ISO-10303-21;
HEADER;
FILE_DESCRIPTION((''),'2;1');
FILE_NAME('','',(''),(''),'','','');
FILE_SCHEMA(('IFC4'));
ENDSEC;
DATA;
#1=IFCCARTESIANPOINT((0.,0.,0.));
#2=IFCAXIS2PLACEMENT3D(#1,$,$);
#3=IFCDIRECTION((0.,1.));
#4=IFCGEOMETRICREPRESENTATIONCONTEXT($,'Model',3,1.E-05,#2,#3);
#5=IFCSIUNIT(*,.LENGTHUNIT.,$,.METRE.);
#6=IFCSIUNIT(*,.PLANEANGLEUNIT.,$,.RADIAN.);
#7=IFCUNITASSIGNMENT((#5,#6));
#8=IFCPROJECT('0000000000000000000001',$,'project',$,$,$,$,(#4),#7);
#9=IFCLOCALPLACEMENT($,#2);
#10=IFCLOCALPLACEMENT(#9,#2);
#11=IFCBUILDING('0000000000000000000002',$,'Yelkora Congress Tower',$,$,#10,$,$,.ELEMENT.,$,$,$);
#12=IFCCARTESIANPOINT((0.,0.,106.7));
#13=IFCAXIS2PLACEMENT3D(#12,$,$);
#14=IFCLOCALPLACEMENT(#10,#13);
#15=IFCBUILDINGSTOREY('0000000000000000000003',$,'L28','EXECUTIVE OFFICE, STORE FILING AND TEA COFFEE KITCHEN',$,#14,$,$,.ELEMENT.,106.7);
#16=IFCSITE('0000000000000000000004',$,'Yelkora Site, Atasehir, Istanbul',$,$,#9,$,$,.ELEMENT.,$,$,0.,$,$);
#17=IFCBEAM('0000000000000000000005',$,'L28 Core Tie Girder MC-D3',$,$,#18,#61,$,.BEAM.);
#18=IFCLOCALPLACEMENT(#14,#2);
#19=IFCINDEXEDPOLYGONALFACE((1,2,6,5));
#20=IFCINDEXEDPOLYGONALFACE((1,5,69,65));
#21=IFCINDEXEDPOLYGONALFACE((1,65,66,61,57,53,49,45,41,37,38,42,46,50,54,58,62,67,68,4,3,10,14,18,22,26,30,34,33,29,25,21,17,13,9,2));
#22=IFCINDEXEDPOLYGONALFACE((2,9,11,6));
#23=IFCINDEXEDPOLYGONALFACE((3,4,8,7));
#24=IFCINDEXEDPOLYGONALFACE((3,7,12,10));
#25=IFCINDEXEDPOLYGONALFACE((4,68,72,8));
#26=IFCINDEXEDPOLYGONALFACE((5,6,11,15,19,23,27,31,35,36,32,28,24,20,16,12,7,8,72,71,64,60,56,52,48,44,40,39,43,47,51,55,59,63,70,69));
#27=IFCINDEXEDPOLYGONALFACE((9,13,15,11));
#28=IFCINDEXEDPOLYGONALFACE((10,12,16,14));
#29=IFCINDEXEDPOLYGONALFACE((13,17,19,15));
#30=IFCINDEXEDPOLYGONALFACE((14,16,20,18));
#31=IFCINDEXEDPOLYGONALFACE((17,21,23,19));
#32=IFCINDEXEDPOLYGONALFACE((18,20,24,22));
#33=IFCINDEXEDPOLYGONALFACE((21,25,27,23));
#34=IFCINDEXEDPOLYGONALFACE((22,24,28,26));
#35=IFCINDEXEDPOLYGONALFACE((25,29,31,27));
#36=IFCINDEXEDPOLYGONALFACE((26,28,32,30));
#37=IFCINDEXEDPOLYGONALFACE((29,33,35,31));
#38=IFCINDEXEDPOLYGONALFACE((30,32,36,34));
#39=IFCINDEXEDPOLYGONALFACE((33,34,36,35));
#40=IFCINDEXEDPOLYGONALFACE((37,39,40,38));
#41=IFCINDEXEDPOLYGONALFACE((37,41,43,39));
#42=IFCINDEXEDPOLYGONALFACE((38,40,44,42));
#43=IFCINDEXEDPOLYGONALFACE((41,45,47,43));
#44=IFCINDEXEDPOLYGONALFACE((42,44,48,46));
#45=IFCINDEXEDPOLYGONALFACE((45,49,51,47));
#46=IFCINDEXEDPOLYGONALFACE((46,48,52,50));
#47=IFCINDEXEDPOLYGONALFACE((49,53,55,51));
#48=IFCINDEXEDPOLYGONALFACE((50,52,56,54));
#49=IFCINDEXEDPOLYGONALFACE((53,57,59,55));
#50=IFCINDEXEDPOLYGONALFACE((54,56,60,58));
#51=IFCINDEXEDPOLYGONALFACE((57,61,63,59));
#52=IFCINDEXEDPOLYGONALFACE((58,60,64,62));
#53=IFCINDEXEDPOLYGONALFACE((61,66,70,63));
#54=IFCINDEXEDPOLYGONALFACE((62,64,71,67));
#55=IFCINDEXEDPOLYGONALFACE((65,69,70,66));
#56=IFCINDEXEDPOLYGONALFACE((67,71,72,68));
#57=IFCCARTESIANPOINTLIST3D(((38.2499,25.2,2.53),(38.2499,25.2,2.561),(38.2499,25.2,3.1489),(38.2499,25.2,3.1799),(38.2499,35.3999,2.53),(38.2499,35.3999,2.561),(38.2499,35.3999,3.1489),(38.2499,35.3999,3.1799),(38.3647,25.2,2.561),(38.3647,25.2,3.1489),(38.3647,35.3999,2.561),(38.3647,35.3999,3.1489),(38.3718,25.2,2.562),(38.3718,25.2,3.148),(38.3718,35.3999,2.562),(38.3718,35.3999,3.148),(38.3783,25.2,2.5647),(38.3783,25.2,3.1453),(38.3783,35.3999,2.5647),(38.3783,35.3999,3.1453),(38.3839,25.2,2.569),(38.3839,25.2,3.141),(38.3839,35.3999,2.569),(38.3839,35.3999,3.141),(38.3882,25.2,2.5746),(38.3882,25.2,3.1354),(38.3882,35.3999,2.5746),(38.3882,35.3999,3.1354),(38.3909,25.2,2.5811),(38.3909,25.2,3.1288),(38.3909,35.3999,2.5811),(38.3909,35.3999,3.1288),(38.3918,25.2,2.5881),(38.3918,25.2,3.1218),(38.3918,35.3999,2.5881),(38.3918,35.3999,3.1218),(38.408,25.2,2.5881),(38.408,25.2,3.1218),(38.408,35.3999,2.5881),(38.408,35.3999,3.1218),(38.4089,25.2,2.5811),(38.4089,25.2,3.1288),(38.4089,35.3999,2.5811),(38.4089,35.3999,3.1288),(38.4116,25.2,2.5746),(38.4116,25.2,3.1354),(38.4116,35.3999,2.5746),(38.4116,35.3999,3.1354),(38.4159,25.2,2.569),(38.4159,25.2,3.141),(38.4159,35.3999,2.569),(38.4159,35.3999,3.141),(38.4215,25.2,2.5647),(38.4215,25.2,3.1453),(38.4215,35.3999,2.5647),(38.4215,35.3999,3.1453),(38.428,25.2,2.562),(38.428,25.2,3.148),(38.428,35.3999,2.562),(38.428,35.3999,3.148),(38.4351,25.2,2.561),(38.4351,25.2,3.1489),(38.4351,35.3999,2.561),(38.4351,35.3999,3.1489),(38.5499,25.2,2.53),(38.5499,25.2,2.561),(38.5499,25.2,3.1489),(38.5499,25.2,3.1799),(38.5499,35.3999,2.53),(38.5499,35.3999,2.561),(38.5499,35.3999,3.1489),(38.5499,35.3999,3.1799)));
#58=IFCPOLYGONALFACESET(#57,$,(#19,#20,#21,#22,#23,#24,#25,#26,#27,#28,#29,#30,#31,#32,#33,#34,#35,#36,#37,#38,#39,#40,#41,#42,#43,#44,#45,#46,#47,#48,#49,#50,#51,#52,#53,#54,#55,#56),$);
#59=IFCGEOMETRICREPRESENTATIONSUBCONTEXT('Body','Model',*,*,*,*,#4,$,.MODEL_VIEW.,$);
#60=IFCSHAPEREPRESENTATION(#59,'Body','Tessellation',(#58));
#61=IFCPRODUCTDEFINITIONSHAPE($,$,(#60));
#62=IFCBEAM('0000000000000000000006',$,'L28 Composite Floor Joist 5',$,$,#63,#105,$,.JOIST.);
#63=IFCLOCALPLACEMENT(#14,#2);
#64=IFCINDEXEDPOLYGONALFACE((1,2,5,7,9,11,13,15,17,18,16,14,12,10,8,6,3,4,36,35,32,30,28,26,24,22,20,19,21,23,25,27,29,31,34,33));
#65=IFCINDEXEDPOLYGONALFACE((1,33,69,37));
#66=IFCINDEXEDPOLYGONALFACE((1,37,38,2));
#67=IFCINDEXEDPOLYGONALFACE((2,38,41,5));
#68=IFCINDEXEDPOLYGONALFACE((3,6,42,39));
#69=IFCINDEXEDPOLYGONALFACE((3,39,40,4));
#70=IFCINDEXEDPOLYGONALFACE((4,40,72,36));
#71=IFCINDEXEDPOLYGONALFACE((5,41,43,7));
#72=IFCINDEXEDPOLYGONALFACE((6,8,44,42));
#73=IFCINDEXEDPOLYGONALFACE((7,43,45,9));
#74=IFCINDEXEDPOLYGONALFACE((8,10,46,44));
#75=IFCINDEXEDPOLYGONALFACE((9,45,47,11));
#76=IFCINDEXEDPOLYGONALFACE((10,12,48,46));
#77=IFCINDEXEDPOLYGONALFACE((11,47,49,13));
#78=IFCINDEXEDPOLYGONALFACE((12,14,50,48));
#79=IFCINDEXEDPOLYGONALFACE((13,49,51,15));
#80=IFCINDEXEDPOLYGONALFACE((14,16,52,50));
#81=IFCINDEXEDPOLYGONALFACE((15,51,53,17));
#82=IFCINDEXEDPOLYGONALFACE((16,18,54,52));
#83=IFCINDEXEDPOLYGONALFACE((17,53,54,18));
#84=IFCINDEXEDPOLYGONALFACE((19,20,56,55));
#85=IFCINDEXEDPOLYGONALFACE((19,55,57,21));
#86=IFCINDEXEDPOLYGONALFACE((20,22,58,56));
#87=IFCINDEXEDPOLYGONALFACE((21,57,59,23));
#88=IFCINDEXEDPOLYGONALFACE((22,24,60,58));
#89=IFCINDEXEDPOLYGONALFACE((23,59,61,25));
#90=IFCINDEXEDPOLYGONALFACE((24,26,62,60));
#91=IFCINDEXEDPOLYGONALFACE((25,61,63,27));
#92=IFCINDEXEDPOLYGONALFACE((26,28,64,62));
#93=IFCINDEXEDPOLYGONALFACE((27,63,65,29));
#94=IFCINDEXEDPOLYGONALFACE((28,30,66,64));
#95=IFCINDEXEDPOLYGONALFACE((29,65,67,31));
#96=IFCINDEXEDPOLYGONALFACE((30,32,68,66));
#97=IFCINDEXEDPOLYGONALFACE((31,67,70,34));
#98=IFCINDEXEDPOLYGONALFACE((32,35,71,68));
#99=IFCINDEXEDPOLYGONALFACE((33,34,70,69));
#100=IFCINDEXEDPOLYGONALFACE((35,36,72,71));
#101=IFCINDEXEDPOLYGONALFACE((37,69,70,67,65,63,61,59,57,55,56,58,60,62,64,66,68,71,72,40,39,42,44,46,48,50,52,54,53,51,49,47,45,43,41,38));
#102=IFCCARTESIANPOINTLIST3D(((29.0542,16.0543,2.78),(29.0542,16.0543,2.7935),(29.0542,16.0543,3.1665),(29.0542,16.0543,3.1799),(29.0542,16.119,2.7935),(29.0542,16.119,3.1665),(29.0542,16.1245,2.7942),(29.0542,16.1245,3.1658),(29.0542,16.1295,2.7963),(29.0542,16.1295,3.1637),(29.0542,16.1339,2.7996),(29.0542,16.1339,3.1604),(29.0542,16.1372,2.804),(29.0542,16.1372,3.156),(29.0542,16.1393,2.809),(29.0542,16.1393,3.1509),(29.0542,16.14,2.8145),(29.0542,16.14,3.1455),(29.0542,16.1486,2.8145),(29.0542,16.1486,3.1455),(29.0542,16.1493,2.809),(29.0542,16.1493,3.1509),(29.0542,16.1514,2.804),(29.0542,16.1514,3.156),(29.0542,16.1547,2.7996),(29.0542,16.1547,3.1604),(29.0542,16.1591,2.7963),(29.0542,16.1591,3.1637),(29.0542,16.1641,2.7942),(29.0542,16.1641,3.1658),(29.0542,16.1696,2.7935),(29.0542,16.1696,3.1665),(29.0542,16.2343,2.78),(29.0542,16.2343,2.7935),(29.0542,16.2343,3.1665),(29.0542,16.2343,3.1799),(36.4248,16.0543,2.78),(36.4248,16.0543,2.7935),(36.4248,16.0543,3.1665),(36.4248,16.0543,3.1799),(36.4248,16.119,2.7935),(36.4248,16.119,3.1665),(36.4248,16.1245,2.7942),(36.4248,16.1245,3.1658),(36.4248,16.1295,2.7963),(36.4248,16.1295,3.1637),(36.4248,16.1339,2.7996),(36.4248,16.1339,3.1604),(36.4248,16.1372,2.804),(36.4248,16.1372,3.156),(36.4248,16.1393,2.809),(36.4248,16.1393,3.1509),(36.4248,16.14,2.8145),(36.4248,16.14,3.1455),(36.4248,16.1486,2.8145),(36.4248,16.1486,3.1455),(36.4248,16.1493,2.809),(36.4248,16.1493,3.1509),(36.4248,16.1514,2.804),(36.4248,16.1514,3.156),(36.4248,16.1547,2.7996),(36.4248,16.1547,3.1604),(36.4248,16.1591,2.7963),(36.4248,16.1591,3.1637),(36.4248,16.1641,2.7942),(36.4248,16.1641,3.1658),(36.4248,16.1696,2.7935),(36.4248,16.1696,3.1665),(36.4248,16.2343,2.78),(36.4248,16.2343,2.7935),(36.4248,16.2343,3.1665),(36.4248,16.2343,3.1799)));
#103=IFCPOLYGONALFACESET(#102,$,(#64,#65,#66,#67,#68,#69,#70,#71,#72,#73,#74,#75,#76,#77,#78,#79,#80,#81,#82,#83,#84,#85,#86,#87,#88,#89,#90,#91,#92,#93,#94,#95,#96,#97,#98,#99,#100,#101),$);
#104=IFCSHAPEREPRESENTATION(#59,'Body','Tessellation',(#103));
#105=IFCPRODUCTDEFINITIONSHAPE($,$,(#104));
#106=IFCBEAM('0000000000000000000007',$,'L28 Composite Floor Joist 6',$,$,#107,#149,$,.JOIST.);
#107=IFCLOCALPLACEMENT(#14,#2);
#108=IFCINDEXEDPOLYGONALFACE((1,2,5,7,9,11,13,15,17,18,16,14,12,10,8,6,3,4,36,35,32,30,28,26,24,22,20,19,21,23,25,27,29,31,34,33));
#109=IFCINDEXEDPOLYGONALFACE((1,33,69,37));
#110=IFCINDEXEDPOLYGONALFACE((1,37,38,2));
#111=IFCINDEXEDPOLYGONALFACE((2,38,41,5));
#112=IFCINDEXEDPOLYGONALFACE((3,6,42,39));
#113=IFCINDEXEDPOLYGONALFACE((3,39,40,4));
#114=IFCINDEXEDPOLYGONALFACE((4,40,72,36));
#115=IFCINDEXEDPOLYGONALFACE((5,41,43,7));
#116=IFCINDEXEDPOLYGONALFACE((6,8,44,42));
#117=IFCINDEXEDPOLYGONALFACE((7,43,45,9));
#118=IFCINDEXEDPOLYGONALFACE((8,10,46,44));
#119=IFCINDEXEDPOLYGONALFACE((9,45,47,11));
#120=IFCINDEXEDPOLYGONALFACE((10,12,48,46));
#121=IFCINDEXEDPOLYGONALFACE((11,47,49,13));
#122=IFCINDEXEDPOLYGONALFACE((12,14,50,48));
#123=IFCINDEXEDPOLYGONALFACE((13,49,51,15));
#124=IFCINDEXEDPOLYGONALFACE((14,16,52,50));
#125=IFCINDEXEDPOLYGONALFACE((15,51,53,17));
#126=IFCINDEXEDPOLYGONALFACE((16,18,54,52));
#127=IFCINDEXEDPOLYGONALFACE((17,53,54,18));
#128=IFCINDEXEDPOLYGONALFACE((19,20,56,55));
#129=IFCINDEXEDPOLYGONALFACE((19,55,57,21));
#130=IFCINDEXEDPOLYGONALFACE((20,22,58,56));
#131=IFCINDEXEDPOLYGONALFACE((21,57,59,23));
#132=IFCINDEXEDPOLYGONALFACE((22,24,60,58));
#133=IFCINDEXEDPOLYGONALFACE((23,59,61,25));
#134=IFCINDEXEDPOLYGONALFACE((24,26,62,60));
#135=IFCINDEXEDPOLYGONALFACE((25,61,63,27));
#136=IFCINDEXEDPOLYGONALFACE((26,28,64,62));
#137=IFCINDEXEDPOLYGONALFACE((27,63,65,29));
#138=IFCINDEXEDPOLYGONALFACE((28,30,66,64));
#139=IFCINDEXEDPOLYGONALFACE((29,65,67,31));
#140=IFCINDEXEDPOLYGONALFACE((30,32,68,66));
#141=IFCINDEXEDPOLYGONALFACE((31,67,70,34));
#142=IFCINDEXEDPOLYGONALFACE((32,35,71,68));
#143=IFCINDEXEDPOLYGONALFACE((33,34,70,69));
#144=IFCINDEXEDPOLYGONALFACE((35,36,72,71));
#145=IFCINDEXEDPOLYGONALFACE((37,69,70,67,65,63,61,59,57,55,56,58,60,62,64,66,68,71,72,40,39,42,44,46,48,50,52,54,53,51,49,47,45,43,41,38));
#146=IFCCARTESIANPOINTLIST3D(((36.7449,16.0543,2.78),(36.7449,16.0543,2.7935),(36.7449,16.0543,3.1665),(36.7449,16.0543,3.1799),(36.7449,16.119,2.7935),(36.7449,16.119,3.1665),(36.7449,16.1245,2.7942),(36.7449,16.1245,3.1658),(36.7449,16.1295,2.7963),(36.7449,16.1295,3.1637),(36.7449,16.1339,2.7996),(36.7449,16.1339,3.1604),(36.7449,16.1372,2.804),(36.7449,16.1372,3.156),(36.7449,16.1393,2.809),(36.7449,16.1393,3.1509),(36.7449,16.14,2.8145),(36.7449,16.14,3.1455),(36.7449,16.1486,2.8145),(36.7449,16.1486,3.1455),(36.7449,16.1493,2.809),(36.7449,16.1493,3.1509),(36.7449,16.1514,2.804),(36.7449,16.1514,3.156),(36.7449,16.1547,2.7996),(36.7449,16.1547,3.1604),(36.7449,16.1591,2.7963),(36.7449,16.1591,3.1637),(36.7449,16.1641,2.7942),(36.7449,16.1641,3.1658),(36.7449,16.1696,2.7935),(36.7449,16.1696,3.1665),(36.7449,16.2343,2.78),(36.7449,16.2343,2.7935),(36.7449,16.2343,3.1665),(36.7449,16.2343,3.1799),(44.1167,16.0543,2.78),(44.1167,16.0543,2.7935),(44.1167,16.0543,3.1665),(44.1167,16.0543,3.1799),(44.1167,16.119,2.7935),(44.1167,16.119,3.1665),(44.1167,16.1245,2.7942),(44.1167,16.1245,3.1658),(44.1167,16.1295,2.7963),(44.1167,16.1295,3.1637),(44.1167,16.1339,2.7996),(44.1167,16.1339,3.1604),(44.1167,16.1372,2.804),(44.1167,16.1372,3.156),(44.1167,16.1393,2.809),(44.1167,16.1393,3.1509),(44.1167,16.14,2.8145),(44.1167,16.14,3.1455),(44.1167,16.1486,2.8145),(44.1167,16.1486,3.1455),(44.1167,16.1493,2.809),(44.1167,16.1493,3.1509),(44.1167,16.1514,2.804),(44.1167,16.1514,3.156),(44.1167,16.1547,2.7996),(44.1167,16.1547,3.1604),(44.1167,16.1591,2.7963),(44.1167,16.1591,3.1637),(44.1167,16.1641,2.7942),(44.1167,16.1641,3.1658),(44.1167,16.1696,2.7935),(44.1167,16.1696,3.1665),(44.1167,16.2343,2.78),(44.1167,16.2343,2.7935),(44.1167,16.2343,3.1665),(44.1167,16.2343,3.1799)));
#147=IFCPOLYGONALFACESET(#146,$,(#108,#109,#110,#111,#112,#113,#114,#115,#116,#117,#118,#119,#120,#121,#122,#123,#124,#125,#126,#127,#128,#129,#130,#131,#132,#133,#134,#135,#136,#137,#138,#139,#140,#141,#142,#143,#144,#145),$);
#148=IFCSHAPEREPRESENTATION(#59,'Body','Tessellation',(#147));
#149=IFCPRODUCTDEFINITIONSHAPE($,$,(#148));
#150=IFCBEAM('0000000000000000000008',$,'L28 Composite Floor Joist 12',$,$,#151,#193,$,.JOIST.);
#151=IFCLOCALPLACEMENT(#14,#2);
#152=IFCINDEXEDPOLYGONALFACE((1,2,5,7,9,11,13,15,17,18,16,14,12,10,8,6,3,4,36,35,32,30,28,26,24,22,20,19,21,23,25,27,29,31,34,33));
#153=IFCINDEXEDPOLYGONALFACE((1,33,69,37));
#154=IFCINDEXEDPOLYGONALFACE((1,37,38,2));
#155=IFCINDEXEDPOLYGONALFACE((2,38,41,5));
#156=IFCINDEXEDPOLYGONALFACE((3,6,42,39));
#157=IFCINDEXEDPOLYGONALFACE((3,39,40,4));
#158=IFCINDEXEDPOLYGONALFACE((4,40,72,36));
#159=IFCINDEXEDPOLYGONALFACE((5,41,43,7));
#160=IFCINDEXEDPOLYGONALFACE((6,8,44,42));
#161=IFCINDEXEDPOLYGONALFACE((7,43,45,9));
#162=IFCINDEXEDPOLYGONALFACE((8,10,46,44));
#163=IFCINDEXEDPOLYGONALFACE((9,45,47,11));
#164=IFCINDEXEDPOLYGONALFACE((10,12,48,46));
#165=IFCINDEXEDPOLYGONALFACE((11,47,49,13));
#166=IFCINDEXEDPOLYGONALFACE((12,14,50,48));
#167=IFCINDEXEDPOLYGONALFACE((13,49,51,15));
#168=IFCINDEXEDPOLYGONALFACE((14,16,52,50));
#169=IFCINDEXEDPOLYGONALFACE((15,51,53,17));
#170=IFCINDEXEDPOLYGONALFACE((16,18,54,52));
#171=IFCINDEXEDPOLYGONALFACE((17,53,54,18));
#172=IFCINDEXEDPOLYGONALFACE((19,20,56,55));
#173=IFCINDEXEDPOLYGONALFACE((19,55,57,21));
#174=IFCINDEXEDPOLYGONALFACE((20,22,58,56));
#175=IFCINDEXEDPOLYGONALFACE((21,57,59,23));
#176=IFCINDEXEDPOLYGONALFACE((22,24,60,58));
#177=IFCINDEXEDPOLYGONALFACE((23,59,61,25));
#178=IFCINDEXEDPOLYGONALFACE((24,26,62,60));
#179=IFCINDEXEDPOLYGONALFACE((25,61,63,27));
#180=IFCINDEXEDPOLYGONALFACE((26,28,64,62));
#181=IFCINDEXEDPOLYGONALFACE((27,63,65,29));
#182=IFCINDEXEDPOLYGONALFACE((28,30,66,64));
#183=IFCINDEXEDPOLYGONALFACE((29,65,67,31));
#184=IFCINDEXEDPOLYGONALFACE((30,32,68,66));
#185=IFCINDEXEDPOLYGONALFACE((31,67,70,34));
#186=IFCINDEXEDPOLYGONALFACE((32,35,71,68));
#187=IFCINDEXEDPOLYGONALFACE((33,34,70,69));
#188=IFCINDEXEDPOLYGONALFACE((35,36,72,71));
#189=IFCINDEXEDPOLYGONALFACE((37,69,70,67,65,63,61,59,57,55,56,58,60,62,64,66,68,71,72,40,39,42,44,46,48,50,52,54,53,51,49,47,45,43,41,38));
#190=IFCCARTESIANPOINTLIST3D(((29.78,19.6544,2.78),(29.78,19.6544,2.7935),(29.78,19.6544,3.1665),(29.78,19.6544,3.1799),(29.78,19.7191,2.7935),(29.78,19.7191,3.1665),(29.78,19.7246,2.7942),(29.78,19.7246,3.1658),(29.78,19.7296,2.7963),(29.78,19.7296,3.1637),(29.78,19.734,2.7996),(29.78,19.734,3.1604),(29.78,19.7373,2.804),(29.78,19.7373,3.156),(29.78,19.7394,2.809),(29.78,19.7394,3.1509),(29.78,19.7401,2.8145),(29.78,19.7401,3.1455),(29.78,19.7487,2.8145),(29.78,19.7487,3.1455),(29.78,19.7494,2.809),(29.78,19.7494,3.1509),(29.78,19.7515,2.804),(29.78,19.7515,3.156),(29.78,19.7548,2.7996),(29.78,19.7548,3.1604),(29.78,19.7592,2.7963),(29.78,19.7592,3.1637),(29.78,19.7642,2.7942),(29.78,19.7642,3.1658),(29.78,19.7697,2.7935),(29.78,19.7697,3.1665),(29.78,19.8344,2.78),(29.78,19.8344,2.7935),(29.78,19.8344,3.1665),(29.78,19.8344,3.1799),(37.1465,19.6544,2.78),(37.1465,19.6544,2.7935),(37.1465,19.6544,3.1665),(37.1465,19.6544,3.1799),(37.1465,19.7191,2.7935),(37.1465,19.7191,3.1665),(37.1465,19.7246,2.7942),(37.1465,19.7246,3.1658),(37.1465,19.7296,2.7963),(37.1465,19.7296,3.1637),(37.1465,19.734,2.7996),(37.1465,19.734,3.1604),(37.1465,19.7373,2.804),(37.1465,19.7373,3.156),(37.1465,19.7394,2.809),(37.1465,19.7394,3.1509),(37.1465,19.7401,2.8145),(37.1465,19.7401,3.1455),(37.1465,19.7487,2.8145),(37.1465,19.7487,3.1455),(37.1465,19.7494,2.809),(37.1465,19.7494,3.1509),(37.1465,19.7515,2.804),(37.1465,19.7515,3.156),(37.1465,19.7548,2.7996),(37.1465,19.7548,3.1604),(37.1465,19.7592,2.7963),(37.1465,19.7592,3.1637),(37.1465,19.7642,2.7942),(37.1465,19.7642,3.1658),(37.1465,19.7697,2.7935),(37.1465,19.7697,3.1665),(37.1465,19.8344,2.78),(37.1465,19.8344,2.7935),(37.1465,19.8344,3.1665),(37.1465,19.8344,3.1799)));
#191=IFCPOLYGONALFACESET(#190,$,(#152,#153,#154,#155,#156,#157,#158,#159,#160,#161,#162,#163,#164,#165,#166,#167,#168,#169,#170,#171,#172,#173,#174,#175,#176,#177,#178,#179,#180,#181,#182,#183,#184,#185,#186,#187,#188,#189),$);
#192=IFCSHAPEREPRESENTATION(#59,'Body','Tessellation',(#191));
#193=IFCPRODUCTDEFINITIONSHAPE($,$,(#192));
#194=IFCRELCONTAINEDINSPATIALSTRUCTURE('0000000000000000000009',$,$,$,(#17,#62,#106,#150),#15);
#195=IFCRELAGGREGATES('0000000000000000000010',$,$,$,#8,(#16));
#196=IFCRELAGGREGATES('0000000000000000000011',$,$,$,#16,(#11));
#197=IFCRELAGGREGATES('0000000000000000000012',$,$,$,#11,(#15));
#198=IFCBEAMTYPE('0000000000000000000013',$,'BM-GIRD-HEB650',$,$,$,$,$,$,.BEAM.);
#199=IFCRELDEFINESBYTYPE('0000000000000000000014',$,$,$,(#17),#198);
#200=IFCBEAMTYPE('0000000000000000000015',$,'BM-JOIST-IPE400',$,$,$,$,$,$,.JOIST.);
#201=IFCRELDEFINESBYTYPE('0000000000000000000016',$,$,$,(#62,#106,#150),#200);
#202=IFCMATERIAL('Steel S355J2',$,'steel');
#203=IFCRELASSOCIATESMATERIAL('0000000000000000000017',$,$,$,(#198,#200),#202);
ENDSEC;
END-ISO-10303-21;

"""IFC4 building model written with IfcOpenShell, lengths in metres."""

from ifc_helpers import new_model, si_unit, direction, frame, origin, origin_2d, place, context, subcontext, project, spatial, i_section, extrude, material, material_profile, profile_set, type_object, element, save


model = new_model("IFC4")

# Units and contexts
model_context = context("Model", 3, precision=1e-05, world=origin(), true_north=direction((0.0, 1.0)))
body_context = subcontext(model_context, "Body", "Model", "MODEL_VIEW")
ifc_project = project(units=[si_unit("LENGTHUNIT", "METRE"), si_unit("PLANEANGLEUNIT", "RADIAN")], contexts=[model_context])

# Site, building, storey
site_placement = place(None, origin())
site = spatial("IfcSite", under=ifc_project, at=site_placement, Name="Yelkora Site, Atasehir, Istanbul", CompositionType="ELEMENT", RefElevation=0.0)
building_placement = place(site_placement, origin())
building = spatial("IfcBuilding", under=site, at=building_placement, Name="Yelkora Congress Tower", CompositionType="ELEMENT")
storey_placement = place(building_placement, frame((0.0, 0.0, 106.7)))
storey = spatial("IfcBuildingStorey", under=building, at=storey_placement, Name="L28", Description="EXECUTIVE OFFICE, STORE FILING AND TEA COFFEE KITCHEN", CompositionType="ELEMENT", Elevation=106.7)

# Beams
ifc_material_1 = material(Name="Steel S355J2", Category="steel")
ifc_material_profile_1 = material_profile(ifc_material_1, i_section(OverallWidth=0.3, OverallDepth=0.6499, WebThickness=0.0161, FlangeThickness=0.031, FilletRadius=0.0271, at=origin_2d()), Name="HEB 650")
ifc_profile_set_1 = profile_set([ifc_material_profile_1], Name="Steel S355J2")
beam_type_1 = type_object("IfcBeamType", Name="BM-GIRD-HEB650", PredefinedType="BEAM", material=ifc_profile_set_1)
for number, where, z_axis, x_axis, name in (
    (1, (38.3999, 25.2, 2.855), (0.0, 1.0, 0.0), (-1.0, 0.0, 0.0), "L28 Core Tie Girder MC-D3"),
):
    element("IfcBeam", number, at=place(storey_placement, frame(where, z_axis=z_axis, x_axis=x_axis)), inside=storey, type_object=beam_type_1, Name=name, PredefinedType="BEAM", context=body_context, shape_type="SweptSolid", body=[
        extrude(i_section(OverallWidth=0.3, OverallDepth=0.6499, WebThickness=0.0161, FlangeThickness=0.031, FilletRadius=0.0271, at=origin_2d()), origin(), (0.0, 0.0, 1.0), 10.2),
    ])
ifc_material_profile_2 = material_profile(ifc_material_1, i_section(OverallWidth=0.1799, OverallDepth=0.3999, WebThickness=0.0085, FlangeThickness=0.0134, FilletRadius=0.021, at=origin_2d()), Name="IPE 400")
ifc_profile_set_2 = profile_set([ifc_material_profile_2], Name="Steel S355J2")
beam_type_2 = type_object("IfcBeamType", Name="BM-JOIST-IPE400", PredefinedType="JOIST", material=ifc_profile_set_2)
beam_1_placement = place(storey_placement, frame((29.0542, 16.1443, 2.98), z_axis=(1.0, 0.0, 0.0), x_axis=(0.0, 1.0, 0.0)))
element("IfcBeam", 2, at=beam_1_placement, inside=storey, type_object=beam_type_2, Name="L28 Composite Floor Joist 5", PredefinedType="JOIST", context=body_context, shape_type="SweptSolid", body=[
    extrude(i_section(OverallWidth=0.1799, OverallDepth=0.3999, WebThickness=0.0085, FlangeThickness=0.0134, FilletRadius=0.021, at=origin_2d()), origin(), (0.0, 0.0, 1.0), 7.3706),
])
beam_2_placement = place(storey_placement, frame((36.7449, 16.1443, 2.98), z_axis=(1.0, 0.0, 0.0), x_axis=(0.0, 1.0, 0.0)))
element("IfcBeam", 3, at=beam_2_placement, inside=storey, type_object=beam_type_2, Name="L28 Composite Floor Joist 6", PredefinedType="JOIST", context=body_context, shape_type="SweptSolid", body=[
    extrude(i_section(OverallWidth=0.1799, OverallDepth=0.3999, WebThickness=0.0085, FlangeThickness=0.0134, FilletRadius=0.021, at=origin_2d()), origin(), (0.0, 0.0, 1.0), 7.3718),
])
beam_3_placement = place(storey_placement, frame((29.78, 19.7444, 2.98), z_axis=(1.0, 0.0, 0.0), x_axis=(0.0, 1.0, 0.0)))
element("IfcBeam", 4, at=beam_3_placement, inside=storey, type_object=beam_type_2, Name="L28 Composite Floor Joist 12", PredefinedType="JOIST", context=body_context, shape_type="SweptSolid", body=[
    extrude(i_section(OverallWidth=0.1799, OverallDepth=0.3999, WebThickness=0.0085, FlangeThickness=0.0134, FilletRadius=0.021, at=origin_2d()), origin(), (0.0, 0.0, 1.0), 7.3665),
])

save(model, "model.ifc")
